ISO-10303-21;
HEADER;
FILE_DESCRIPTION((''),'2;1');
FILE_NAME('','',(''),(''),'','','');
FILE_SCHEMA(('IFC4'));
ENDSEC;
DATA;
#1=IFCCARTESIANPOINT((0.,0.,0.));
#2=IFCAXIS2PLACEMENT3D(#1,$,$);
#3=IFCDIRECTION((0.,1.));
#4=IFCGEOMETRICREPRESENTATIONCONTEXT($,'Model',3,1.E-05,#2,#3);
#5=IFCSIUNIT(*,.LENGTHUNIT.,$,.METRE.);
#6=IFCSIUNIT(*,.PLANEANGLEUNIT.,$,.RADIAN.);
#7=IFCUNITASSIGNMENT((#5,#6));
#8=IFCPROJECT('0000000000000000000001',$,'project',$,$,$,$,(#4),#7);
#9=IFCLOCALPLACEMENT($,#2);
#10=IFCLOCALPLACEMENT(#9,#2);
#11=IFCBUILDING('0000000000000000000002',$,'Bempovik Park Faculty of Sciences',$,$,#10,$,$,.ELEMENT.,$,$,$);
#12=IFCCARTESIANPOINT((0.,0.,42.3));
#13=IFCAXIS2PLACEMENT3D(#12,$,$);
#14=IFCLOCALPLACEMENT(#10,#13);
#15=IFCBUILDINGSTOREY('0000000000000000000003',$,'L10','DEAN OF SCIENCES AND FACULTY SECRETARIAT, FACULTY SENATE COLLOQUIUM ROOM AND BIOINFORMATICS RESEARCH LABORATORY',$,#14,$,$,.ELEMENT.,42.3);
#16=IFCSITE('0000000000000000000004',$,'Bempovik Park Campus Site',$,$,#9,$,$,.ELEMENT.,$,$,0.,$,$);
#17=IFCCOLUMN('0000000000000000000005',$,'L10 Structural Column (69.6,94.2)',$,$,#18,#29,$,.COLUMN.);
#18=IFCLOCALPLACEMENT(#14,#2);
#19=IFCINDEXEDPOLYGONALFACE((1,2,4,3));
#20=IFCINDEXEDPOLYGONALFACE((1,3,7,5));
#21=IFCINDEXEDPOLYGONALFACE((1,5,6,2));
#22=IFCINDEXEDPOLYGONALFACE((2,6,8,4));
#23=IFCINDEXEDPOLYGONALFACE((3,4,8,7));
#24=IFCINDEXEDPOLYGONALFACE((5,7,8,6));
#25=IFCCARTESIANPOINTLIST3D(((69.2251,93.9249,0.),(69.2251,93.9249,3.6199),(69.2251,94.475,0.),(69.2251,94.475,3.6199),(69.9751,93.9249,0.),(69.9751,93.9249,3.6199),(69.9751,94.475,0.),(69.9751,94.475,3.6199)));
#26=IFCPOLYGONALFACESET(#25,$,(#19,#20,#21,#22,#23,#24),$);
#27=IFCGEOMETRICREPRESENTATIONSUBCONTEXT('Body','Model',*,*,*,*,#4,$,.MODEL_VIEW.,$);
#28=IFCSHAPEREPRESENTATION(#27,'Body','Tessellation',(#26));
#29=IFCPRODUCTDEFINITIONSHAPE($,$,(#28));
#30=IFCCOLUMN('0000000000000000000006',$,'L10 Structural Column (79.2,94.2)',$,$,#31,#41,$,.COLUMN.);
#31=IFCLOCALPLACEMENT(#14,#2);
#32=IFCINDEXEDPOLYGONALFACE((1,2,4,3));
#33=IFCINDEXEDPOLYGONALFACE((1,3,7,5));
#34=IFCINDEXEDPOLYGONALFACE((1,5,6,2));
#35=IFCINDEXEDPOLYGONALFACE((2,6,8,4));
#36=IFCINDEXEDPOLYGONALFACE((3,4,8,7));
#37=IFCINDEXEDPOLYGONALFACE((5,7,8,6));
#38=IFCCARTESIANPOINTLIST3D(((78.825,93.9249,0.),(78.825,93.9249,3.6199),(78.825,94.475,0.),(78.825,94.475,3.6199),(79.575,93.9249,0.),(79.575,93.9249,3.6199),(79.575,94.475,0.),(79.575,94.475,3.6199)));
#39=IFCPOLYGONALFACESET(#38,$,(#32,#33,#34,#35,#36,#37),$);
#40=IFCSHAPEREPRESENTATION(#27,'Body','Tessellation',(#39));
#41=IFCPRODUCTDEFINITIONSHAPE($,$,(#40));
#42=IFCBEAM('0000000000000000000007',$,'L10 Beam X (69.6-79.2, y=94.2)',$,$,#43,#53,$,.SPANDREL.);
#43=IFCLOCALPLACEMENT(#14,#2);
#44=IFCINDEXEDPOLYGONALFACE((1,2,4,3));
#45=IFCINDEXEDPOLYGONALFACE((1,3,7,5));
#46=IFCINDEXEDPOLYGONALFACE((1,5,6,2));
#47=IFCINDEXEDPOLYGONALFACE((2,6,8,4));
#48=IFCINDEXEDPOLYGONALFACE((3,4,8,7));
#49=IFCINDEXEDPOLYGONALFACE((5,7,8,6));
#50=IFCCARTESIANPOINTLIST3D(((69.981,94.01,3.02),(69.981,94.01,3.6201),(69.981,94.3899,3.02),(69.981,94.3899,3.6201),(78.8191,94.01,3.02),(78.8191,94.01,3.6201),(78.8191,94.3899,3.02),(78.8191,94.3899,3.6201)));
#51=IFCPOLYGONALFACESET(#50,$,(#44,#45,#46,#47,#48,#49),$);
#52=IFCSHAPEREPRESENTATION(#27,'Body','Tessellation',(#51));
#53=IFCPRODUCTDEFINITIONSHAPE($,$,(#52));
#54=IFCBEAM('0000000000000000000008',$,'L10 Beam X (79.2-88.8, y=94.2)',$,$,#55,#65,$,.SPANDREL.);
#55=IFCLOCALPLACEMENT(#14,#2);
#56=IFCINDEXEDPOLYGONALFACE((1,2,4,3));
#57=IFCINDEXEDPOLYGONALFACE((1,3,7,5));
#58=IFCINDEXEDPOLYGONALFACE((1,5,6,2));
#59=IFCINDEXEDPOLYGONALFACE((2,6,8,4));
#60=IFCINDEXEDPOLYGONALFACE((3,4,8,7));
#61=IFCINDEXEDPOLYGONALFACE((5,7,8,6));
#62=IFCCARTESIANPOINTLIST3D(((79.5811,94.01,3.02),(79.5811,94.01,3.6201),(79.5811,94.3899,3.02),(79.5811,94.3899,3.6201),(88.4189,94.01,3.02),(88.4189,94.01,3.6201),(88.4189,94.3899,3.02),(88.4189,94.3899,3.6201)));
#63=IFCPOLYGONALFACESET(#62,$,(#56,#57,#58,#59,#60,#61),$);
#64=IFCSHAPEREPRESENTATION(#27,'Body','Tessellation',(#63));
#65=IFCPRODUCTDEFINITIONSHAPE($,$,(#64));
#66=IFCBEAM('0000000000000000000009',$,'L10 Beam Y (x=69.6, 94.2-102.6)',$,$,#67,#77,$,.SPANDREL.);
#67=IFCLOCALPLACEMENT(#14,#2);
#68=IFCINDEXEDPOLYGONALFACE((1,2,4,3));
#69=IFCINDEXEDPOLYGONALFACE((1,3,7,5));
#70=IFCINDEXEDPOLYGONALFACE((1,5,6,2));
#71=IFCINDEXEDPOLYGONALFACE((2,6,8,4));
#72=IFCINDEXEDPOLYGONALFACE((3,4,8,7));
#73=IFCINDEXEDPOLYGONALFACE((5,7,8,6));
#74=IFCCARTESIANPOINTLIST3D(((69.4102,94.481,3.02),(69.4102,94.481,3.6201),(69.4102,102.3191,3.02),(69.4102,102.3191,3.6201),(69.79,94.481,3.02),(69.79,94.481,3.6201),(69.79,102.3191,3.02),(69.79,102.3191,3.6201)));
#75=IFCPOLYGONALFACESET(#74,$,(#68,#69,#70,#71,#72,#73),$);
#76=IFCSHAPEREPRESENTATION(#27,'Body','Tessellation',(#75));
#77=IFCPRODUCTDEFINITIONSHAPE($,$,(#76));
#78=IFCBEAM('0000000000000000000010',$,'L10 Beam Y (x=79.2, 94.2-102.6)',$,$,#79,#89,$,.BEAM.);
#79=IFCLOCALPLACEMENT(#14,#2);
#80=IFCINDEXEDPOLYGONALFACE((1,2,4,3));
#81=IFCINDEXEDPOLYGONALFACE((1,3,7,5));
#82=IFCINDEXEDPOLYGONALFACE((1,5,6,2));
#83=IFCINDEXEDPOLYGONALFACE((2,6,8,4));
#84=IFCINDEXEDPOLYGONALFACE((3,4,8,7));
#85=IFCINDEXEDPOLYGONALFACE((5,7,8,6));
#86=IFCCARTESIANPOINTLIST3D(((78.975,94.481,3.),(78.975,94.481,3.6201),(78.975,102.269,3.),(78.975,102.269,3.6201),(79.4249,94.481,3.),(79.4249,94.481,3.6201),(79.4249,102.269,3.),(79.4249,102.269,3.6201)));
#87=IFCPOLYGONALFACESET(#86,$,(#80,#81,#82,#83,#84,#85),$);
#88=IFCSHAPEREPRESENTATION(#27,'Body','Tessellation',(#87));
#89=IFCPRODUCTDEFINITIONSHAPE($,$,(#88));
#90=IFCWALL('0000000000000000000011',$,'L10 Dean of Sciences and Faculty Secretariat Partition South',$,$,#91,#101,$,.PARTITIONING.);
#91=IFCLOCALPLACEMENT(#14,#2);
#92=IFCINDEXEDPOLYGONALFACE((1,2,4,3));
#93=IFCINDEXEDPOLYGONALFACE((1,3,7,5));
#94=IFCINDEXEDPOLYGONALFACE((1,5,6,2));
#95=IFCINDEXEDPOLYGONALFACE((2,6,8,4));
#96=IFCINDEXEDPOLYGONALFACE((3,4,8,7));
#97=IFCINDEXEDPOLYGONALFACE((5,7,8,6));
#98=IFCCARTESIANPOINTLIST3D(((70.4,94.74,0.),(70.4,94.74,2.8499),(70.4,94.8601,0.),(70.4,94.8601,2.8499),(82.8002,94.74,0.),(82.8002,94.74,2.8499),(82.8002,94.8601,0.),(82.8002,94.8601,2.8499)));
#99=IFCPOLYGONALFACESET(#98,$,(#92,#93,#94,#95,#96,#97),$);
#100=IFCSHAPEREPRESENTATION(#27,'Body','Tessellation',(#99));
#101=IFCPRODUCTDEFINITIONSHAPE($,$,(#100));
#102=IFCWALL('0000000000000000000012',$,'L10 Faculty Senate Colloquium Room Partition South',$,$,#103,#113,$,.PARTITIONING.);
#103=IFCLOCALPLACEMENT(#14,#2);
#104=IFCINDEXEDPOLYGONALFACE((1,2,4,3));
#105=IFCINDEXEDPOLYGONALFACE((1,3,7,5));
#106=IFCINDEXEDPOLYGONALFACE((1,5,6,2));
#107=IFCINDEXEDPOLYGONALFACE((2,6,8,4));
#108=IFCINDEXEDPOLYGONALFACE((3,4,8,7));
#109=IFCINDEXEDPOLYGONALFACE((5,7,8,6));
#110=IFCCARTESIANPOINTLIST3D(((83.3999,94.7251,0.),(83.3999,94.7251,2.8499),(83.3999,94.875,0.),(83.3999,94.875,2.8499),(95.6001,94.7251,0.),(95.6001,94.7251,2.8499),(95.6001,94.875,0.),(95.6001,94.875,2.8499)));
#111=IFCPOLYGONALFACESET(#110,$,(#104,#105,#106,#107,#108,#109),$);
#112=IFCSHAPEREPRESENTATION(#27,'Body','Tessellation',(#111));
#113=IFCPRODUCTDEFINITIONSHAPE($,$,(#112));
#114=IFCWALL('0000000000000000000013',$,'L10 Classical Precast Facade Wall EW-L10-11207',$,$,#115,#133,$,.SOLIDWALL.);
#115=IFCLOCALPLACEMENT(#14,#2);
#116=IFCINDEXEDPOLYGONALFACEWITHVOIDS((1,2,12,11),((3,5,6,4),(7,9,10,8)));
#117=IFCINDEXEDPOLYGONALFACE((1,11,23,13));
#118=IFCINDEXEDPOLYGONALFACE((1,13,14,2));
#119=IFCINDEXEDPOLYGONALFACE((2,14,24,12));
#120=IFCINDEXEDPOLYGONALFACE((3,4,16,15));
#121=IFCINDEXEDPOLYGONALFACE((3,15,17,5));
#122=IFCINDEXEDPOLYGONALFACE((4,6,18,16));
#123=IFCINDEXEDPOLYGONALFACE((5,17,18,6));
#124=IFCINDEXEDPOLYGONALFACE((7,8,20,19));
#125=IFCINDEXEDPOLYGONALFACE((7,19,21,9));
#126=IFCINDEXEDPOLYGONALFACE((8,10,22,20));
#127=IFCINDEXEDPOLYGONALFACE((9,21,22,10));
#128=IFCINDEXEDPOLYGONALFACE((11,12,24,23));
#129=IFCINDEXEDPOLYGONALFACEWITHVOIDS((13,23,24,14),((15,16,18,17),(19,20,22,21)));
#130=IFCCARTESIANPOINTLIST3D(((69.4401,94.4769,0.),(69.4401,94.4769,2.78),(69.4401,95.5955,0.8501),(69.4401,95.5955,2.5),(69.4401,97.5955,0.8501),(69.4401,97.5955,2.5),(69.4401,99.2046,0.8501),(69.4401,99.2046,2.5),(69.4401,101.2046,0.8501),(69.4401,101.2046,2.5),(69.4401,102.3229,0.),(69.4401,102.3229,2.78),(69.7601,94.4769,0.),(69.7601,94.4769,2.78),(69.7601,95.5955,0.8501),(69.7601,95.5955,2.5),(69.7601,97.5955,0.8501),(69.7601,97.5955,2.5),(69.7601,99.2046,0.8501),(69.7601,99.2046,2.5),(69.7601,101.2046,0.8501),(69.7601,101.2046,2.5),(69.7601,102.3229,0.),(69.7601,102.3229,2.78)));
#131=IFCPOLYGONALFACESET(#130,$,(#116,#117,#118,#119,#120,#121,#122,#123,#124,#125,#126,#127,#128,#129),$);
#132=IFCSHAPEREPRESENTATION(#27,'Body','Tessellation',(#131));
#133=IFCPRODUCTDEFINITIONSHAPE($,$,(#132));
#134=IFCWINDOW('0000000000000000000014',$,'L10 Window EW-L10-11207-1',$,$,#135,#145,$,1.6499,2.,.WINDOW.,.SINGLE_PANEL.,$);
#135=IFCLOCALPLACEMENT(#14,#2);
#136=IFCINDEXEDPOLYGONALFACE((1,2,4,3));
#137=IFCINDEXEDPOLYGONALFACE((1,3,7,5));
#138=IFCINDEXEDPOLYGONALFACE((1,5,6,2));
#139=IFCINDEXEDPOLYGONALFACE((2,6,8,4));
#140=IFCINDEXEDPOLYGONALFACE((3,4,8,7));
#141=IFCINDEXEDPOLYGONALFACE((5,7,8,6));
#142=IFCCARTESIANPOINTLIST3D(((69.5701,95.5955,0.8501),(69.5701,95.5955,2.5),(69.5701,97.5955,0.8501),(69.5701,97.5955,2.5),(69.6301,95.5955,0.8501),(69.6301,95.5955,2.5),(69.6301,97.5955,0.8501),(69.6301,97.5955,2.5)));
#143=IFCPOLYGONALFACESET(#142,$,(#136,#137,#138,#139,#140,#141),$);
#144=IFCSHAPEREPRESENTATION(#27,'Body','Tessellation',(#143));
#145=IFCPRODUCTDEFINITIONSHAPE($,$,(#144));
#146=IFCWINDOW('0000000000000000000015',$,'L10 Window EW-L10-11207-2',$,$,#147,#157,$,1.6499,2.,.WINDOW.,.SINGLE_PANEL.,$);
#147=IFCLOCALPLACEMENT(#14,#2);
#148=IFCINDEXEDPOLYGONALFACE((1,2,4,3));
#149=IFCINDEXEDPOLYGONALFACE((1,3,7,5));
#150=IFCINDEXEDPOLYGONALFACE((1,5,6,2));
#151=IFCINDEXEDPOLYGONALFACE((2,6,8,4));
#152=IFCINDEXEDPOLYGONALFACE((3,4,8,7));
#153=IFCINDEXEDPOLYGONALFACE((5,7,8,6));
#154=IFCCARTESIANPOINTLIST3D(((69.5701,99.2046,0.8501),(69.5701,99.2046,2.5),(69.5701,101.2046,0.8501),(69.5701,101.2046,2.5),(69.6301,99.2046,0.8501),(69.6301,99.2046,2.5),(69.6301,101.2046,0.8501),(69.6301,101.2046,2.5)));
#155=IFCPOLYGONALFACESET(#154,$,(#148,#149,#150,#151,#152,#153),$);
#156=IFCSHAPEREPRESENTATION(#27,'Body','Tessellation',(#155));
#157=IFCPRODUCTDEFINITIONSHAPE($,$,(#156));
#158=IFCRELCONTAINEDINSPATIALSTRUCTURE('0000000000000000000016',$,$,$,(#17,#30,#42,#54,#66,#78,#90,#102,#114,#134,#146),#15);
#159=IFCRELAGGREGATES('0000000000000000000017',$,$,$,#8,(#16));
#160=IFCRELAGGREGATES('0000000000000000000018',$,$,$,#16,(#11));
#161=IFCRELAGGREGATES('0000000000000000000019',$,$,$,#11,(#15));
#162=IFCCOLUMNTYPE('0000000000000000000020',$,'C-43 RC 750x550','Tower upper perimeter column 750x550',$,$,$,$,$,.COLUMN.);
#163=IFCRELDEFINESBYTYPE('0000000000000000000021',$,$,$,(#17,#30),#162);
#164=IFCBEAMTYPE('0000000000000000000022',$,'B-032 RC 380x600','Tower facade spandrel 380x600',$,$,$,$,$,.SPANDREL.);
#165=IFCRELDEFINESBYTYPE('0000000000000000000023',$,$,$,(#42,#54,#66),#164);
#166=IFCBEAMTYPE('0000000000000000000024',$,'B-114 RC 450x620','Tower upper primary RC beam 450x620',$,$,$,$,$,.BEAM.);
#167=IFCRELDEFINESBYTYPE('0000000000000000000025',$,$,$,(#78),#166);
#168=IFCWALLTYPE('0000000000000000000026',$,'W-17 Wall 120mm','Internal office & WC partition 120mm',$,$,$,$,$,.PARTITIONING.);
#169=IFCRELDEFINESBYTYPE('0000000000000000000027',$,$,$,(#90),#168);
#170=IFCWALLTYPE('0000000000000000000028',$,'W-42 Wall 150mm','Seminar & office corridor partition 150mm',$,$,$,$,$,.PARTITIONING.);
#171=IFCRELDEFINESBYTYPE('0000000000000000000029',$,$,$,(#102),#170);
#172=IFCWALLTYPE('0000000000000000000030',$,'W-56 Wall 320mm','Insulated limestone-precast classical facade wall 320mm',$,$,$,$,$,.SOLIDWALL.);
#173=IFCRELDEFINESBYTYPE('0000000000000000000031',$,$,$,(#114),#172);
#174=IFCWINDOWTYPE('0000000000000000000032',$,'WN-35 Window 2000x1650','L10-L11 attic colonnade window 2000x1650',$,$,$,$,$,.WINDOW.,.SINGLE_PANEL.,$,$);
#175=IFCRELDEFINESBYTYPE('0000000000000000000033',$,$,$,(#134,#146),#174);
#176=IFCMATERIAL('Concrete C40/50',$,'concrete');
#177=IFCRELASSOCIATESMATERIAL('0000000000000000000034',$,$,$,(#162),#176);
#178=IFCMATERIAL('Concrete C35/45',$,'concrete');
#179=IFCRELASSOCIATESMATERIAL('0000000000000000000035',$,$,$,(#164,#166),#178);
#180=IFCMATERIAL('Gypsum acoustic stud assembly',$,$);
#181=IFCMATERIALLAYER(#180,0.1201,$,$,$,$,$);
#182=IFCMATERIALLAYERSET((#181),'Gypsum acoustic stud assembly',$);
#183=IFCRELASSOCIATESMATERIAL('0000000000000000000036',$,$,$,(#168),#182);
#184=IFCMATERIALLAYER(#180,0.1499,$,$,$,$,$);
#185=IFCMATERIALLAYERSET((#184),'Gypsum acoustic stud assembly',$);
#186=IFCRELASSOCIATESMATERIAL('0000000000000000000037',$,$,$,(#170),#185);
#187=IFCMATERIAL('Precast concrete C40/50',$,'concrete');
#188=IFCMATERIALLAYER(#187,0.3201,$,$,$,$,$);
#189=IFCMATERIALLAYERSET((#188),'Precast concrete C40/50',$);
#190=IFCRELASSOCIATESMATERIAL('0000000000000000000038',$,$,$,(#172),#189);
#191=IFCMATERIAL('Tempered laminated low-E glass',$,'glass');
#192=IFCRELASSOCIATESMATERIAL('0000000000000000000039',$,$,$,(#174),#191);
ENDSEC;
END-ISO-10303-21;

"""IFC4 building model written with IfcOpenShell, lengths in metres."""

from ifc_helpers import new_model, si_unit, direction, frame, frame_2d, origin, origin_2d, place, context, subcontext, project, spatial, rectangle, extrude, material, layer, layer_set, material_profile, profile_set, type_object, element, fill, save


model = new_model("IFC4")

# Units and contexts
model_context = context("Model", 3, precision=1e-05, world=origin(), true_north=direction((0.0, 1.0)))
body_context = subcontext(model_context, "Body", "Model", "MODEL_VIEW")
ifc_project = project(units=[si_unit("LENGTHUNIT", "METRE"), si_unit("PLANEANGLEUNIT", "RADIAN")], contexts=[model_context])

# Site, building, storey
site_placement = place(None, origin())
site = spatial("IfcSite", under=ifc_project, at=site_placement, Name="Bempovik Park Campus Site", CompositionType="ELEMENT", RefElevation=0.0)
building_placement = place(site_placement, origin())
building = spatial("IfcBuilding", under=site, at=building_placement, Name="Bempovik Park Faculty of Sciences", CompositionType="ELEMENT")
storey_placement = place(building_placement, frame((0.0, 0.0, 42.3)))
storey = spatial("IfcBuildingStorey", under=building, at=storey_placement, Name="L10", Description="DEAN OF SCIENCES AND FACULTY SECRETARIAT, FACULTY SENATE COLLOQUIUM ROOM AND BIOINFORMATICS RESEARCH LABORATORY", CompositionType="ELEMENT", Elevation=42.3)

# Columns
ifc_material_1 = material(Name="Concrete C40/50", Category="concrete")
ifc_material_profile_1 = material_profile(ifc_material_1, rectangle(XDim=0.75, YDim=0.55, at=origin_2d()), Name="RC 750x550")
ifc_profile_set_1 = profile_set([ifc_material_profile_1], Name="Concrete C40/50")
column_type = type_object("IfcColumnType", Name="C-43 RC 750x550", Description="Tower upper perimeter column 750x550", PredefinedType="COLUMN", material=ifc_profile_set_1)
for number, where, z_axis, x_axis, name in (
    (1, (69.6001, 94.2, 0.0), (0.0, 0.0, 1.0), (1.0, 0.0, 0.0), "L10 Structural Column (69.6,94.2)"),
    (2, (79.2, 94.2, 0.0), (0.0, 0.0, 1.0), (1.0, 0.0, 0.0), "L10 Structural Column (79.2,94.2)"),
):
    element("IfcColumn", number, at=place(storey_placement, frame(where, z_axis=z_axis, x_axis=x_axis)), inside=storey, type_object=column_type, Name=name, PredefinedType="COLUMN", context=body_context, shape_type="SweptSolid", body=[
        extrude(rectangle(XDim=0.75, YDim=0.55, at=origin_2d()), origin(), (0.0, 0.0, 1.0), 3.6199),
    ])

# Beams
ifc_material_2 = material(Name="Concrete C35/45", Category="concrete")
ifc_material_profile_2 = material_profile(ifc_material_2, rectangle(XDim=0.3799, YDim=0.6001, at=origin_2d()), Name="RC 380x600")
ifc_profile_set_2 = profile_set([ifc_material_profile_2], Name="Concrete C35/45")
beam_type_1 = type_object("IfcBeamType", Name="B-032 RC 380x600", Description="Tower facade spandrel 380x600", PredefinedType="SPANDREL", material=ifc_profile_set_2)
beam_1_placement = place(storey_placement, frame((69.981, 94.2, 3.3201), z_axis=(1.0, 0.0, 0.0), x_axis=(0.0, 1.0, 0.0)))
element("IfcBeam", 3, at=beam_1_placement, inside=storey, type_object=beam_type_1, Name="L10 Beam X (69.6-79.2, y=94.2)", PredefinedType="SPANDREL", context=body_context, shape_type="SweptSolid", body=[
    extrude(rectangle(XDim=0.3799, YDim=0.6001, at=origin_2d()), origin(), (0.0, 0.0, 1.0), 8.8381),
])
beam_2_placement = place(storey_placement, frame((79.5811, 94.2, 3.3201), z_axis=(1.0, 0.0, 0.0), x_axis=(0.0, 1.0, 0.0)))
element("IfcBeam", 4, at=beam_2_placement, inside=storey, type_object=beam_type_1, Name="L10 Beam X (79.2-88.8, y=94.2)", PredefinedType="SPANDREL", context=body_context, shape_type="SweptSolid", body=[
    extrude(rectangle(XDim=0.3799, YDim=0.6001, at=origin_2d()), origin(), (0.0, 0.0, 1.0), 8.8379),
])
beam_3_placement = place(storey_placement, frame((69.6001, 94.481, 3.3201), z_axis=(0.0, 1.0, 0.0), x_axis=(-1.0, 0.0, 0.0)))
element("IfcBeam", 5, at=beam_3_placement, inside=storey, type_object=beam_type_1, Name="L10 Beam Y (x=69.6, 94.2-102.6)", PredefinedType="SPANDREL", context=body_context, shape_type="SweptSolid", body=[
    extrude(rectangle(XDim=0.3799, YDim=0.6001, at=origin_2d()), origin(), (0.0, 0.0, 1.0), 7.8381),
])
ifc_material_profile_3 = material_profile(ifc_material_2, rectangle(XDim=0.45, YDim=0.6201, at=origin_2d()), Name="RC 450x620")
ifc_profile_set_3 = profile_set([ifc_material_profile_3], Name="Concrete C35/45")
beam_type_2 = type_object("IfcBeamType", Name="B-114 RC 450x620", Description="Tower upper primary RC beam 450x620", PredefinedType="BEAM", material=ifc_profile_set_3)
beam_4_placement = place(storey_placement, frame((79.2, 94.481, 3.3101), z_axis=(0.0, 1.0, 0.0), x_axis=(-1.0, 0.0, 0.0)))
element("IfcBeam", 6, at=beam_4_placement, inside=storey, type_object=beam_type_2, Name="L10 Beam Y (x=79.2, 94.2-102.6)", PredefinedType="BEAM", context=body_context, shape_type="SweptSolid", body=[
    extrude(rectangle(XDim=0.45, YDim=0.6201, at=origin_2d()), origin(), (0.0, 0.0, 1.0), 7.7881),
])

# Walls
ifc_material_3 = material(Name="Gypsum acoustic stud assembly")
ifc_layer_1 = layer(ifc_material_3, 0.1201)
ifc_layer_set_1 = layer_set([ifc_layer_1], Name="Gypsum acoustic stud assembly")
wall_type_1 = type_object("IfcWallType", Name="W-17 Wall 120mm", Description="Internal office & WC partition 120mm", PredefinedType="PARTITIONING", material=ifc_layer_set_1)
wall_1_placement = place(storey_placement, frame((70.3999, 94.8, 0.0), z_axis=(0.0, 0.0, 1.0), x_axis=(1.0, 0.0, 0.0)))
element("IfcWall", 7, at=wall_1_placement, inside=storey, type_object=wall_type_1, Name="L10 Dean of Sciences and Faculty Secretariat Partition South", PredefinedType="PARTITIONING", context=body_context, shape_type="SweptSolid", body=[
    extrude(rectangle(XDim=12.4001, YDim=0.1201, at=frame_2d((6.2002, 0.0))), origin(), (0.0, 0.0, 1.0), 2.8499),
])
ifc_layer_2 = layer(ifc_material_3, 0.1499)
ifc_layer_set_2 = layer_set([ifc_layer_2], Name="Gypsum acoustic stud assembly")
wall_type_2 = type_object("IfcWallType", Name="W-42 Wall 150mm", Description="Seminar & office corridor partition 150mm", PredefinedType="PARTITIONING", material=ifc_layer_set_2)
wall_2_placement = place(storey_placement, frame((83.3999, 94.8, 0.0), z_axis=(0.0, 0.0, 1.0), x_axis=(1.0, 0.0, 0.0)))
element("IfcWall", 8, at=wall_2_placement, inside=storey, type_object=wall_type_2, Name="L10 Faculty Senate Colloquium Room Partition South", PredefinedType="PARTITIONING", context=body_context, shape_type="SweptSolid", body=[
    extrude(rectangle(XDim=12.2002, YDim=0.1499, at=frame_2d((6.1001, 0.0))), origin(), (0.0, 0.0, 1.0), 2.8499),
])

# Wall, openings, windows
ifc_material_4 = material(Name="Precast concrete C40/50", Category="concrete")
ifc_layer_3 = layer(ifc_material_4, 0.3201)
ifc_layer_set_3 = layer_set([ifc_layer_3], Name="Precast concrete C40/50")
wall_type_3 = type_object("IfcWallType", Name="W-56 Wall 320mm", Description="Insulated limestone-precast classical facade wall 320mm", PredefinedType="SOLIDWALL", material=ifc_layer_set_3)
wall_3_placement = place(storey_placement, frame((69.6001, 94.4771, 0.0), z_axis=(0.0, 0.0, 1.0), x_axis=(0.0, 1.0, 0.0)))
wall_3 = element("IfcWall", 9, at=wall_3_placement, inside=storey, type_object=wall_type_3, Name="L10 Classical Precast Facade Wall EW-L10-11207", PredefinedType="SOLIDWALL", context=body_context, shape_type="SweptSolid", body=[
    extrude(rectangle(XDim=7.8459, YDim=0.3201, at=frame_2d((3.9229, 0.0))), origin(), (0.0, 0.0, 1.0), 2.78),
])
opening_1_placement = place(wall_3_placement, frame((1.1184, 0.0, 0.8501)))
opening_1 = element("IfcOpeningElement", 10, at=opening_1_placement, cuts=wall_3, PredefinedType="OPENING", context=body_context, shape_type="SweptSolid", body=[
    extrude(rectangle(XDim=2.0, YDim=1.6499, at=frame_2d((1.0, 0.825))), frame((0.0, 0.1699, 0.0), z_axis=(0.0, -1.0, 0.0), x_axis=(1.0, 0.0, 0.0)), (0.0, 0.0, 1.0), 0.3401),
])
opening_2_placement = place(wall_3_placement, frame((4.7275, 0.0, 0.8501)))
opening_2 = element("IfcOpeningElement", 11, at=opening_2_placement, cuts=wall_3, PredefinedType="OPENING", context=body_context, shape_type="SweptSolid", body=[
    extrude(rectangle(XDim=2.0, YDim=1.6499, at=frame_2d((1.0, 0.825))), frame((0.0, 0.1699, 0.0), z_axis=(0.0, -1.0, 0.0), x_axis=(1.0, 0.0, 0.0)), (0.0, 0.0, 1.0), 0.3401),
])
ifc_material_5 = material(Name="Tempered laminated low-E glass", Category="glass")
window_type_1 = type_object("IfcWindowType", Name="WN-35 Window 2000x1650", Description="L10-L11 attic colonnade window 2000x1650", PartitioningType="SINGLE_PANEL", PredefinedType="WINDOW", material=ifc_material_5)
window_1_placement = place(opening_1_placement, origin())
window_1 = element("IfcWindow", 12, at=window_1_placement, inside=storey, type_object=window_type_1, Name="L10 Window EW-L10-11207-1", OverallHeight=1.6499, OverallWidth=2.0, PartitioningType="SINGLE_PANEL", PredefinedType="WINDOW", context=body_context, shape_type="SweptSolid", body=[
    extrude(rectangle(XDim=2.0, YDim=1.6499, at=frame_2d((1.0, 0.825))), frame((0.0, 0.03, 0.0), z_axis=(0.0, -1.0, 0.0), x_axis=(1.0, 0.0, 0.0)), (0.0, 0.0, 1.0), 0.0601),
])
fill(opening_1, window_1)
window_2_placement = place(opening_2_placement, origin())
window_2 = element("IfcWindow", 13, at=window_2_placement, inside=storey, type_object=window_type_1, Name="L10 Window EW-L10-11207-2", OverallHeight=1.6499, OverallWidth=2.0, PartitioningType="SINGLE_PANEL", PredefinedType="WINDOW", context=body_context, shape_type="SweptSolid", body=[
    extrude(rectangle(XDim=2.0, YDim=1.6499, at=frame_2d((1.0, 0.825))), frame((0.0, 0.03, 0.0), z_axis=(0.0, -1.0, 0.0), x_axis=(1.0, 0.0, 0.0)), (0.0, 0.0, 1.0), 0.0601),
])
fill(opening_2, window_2)

save(model, "model.ifc")
